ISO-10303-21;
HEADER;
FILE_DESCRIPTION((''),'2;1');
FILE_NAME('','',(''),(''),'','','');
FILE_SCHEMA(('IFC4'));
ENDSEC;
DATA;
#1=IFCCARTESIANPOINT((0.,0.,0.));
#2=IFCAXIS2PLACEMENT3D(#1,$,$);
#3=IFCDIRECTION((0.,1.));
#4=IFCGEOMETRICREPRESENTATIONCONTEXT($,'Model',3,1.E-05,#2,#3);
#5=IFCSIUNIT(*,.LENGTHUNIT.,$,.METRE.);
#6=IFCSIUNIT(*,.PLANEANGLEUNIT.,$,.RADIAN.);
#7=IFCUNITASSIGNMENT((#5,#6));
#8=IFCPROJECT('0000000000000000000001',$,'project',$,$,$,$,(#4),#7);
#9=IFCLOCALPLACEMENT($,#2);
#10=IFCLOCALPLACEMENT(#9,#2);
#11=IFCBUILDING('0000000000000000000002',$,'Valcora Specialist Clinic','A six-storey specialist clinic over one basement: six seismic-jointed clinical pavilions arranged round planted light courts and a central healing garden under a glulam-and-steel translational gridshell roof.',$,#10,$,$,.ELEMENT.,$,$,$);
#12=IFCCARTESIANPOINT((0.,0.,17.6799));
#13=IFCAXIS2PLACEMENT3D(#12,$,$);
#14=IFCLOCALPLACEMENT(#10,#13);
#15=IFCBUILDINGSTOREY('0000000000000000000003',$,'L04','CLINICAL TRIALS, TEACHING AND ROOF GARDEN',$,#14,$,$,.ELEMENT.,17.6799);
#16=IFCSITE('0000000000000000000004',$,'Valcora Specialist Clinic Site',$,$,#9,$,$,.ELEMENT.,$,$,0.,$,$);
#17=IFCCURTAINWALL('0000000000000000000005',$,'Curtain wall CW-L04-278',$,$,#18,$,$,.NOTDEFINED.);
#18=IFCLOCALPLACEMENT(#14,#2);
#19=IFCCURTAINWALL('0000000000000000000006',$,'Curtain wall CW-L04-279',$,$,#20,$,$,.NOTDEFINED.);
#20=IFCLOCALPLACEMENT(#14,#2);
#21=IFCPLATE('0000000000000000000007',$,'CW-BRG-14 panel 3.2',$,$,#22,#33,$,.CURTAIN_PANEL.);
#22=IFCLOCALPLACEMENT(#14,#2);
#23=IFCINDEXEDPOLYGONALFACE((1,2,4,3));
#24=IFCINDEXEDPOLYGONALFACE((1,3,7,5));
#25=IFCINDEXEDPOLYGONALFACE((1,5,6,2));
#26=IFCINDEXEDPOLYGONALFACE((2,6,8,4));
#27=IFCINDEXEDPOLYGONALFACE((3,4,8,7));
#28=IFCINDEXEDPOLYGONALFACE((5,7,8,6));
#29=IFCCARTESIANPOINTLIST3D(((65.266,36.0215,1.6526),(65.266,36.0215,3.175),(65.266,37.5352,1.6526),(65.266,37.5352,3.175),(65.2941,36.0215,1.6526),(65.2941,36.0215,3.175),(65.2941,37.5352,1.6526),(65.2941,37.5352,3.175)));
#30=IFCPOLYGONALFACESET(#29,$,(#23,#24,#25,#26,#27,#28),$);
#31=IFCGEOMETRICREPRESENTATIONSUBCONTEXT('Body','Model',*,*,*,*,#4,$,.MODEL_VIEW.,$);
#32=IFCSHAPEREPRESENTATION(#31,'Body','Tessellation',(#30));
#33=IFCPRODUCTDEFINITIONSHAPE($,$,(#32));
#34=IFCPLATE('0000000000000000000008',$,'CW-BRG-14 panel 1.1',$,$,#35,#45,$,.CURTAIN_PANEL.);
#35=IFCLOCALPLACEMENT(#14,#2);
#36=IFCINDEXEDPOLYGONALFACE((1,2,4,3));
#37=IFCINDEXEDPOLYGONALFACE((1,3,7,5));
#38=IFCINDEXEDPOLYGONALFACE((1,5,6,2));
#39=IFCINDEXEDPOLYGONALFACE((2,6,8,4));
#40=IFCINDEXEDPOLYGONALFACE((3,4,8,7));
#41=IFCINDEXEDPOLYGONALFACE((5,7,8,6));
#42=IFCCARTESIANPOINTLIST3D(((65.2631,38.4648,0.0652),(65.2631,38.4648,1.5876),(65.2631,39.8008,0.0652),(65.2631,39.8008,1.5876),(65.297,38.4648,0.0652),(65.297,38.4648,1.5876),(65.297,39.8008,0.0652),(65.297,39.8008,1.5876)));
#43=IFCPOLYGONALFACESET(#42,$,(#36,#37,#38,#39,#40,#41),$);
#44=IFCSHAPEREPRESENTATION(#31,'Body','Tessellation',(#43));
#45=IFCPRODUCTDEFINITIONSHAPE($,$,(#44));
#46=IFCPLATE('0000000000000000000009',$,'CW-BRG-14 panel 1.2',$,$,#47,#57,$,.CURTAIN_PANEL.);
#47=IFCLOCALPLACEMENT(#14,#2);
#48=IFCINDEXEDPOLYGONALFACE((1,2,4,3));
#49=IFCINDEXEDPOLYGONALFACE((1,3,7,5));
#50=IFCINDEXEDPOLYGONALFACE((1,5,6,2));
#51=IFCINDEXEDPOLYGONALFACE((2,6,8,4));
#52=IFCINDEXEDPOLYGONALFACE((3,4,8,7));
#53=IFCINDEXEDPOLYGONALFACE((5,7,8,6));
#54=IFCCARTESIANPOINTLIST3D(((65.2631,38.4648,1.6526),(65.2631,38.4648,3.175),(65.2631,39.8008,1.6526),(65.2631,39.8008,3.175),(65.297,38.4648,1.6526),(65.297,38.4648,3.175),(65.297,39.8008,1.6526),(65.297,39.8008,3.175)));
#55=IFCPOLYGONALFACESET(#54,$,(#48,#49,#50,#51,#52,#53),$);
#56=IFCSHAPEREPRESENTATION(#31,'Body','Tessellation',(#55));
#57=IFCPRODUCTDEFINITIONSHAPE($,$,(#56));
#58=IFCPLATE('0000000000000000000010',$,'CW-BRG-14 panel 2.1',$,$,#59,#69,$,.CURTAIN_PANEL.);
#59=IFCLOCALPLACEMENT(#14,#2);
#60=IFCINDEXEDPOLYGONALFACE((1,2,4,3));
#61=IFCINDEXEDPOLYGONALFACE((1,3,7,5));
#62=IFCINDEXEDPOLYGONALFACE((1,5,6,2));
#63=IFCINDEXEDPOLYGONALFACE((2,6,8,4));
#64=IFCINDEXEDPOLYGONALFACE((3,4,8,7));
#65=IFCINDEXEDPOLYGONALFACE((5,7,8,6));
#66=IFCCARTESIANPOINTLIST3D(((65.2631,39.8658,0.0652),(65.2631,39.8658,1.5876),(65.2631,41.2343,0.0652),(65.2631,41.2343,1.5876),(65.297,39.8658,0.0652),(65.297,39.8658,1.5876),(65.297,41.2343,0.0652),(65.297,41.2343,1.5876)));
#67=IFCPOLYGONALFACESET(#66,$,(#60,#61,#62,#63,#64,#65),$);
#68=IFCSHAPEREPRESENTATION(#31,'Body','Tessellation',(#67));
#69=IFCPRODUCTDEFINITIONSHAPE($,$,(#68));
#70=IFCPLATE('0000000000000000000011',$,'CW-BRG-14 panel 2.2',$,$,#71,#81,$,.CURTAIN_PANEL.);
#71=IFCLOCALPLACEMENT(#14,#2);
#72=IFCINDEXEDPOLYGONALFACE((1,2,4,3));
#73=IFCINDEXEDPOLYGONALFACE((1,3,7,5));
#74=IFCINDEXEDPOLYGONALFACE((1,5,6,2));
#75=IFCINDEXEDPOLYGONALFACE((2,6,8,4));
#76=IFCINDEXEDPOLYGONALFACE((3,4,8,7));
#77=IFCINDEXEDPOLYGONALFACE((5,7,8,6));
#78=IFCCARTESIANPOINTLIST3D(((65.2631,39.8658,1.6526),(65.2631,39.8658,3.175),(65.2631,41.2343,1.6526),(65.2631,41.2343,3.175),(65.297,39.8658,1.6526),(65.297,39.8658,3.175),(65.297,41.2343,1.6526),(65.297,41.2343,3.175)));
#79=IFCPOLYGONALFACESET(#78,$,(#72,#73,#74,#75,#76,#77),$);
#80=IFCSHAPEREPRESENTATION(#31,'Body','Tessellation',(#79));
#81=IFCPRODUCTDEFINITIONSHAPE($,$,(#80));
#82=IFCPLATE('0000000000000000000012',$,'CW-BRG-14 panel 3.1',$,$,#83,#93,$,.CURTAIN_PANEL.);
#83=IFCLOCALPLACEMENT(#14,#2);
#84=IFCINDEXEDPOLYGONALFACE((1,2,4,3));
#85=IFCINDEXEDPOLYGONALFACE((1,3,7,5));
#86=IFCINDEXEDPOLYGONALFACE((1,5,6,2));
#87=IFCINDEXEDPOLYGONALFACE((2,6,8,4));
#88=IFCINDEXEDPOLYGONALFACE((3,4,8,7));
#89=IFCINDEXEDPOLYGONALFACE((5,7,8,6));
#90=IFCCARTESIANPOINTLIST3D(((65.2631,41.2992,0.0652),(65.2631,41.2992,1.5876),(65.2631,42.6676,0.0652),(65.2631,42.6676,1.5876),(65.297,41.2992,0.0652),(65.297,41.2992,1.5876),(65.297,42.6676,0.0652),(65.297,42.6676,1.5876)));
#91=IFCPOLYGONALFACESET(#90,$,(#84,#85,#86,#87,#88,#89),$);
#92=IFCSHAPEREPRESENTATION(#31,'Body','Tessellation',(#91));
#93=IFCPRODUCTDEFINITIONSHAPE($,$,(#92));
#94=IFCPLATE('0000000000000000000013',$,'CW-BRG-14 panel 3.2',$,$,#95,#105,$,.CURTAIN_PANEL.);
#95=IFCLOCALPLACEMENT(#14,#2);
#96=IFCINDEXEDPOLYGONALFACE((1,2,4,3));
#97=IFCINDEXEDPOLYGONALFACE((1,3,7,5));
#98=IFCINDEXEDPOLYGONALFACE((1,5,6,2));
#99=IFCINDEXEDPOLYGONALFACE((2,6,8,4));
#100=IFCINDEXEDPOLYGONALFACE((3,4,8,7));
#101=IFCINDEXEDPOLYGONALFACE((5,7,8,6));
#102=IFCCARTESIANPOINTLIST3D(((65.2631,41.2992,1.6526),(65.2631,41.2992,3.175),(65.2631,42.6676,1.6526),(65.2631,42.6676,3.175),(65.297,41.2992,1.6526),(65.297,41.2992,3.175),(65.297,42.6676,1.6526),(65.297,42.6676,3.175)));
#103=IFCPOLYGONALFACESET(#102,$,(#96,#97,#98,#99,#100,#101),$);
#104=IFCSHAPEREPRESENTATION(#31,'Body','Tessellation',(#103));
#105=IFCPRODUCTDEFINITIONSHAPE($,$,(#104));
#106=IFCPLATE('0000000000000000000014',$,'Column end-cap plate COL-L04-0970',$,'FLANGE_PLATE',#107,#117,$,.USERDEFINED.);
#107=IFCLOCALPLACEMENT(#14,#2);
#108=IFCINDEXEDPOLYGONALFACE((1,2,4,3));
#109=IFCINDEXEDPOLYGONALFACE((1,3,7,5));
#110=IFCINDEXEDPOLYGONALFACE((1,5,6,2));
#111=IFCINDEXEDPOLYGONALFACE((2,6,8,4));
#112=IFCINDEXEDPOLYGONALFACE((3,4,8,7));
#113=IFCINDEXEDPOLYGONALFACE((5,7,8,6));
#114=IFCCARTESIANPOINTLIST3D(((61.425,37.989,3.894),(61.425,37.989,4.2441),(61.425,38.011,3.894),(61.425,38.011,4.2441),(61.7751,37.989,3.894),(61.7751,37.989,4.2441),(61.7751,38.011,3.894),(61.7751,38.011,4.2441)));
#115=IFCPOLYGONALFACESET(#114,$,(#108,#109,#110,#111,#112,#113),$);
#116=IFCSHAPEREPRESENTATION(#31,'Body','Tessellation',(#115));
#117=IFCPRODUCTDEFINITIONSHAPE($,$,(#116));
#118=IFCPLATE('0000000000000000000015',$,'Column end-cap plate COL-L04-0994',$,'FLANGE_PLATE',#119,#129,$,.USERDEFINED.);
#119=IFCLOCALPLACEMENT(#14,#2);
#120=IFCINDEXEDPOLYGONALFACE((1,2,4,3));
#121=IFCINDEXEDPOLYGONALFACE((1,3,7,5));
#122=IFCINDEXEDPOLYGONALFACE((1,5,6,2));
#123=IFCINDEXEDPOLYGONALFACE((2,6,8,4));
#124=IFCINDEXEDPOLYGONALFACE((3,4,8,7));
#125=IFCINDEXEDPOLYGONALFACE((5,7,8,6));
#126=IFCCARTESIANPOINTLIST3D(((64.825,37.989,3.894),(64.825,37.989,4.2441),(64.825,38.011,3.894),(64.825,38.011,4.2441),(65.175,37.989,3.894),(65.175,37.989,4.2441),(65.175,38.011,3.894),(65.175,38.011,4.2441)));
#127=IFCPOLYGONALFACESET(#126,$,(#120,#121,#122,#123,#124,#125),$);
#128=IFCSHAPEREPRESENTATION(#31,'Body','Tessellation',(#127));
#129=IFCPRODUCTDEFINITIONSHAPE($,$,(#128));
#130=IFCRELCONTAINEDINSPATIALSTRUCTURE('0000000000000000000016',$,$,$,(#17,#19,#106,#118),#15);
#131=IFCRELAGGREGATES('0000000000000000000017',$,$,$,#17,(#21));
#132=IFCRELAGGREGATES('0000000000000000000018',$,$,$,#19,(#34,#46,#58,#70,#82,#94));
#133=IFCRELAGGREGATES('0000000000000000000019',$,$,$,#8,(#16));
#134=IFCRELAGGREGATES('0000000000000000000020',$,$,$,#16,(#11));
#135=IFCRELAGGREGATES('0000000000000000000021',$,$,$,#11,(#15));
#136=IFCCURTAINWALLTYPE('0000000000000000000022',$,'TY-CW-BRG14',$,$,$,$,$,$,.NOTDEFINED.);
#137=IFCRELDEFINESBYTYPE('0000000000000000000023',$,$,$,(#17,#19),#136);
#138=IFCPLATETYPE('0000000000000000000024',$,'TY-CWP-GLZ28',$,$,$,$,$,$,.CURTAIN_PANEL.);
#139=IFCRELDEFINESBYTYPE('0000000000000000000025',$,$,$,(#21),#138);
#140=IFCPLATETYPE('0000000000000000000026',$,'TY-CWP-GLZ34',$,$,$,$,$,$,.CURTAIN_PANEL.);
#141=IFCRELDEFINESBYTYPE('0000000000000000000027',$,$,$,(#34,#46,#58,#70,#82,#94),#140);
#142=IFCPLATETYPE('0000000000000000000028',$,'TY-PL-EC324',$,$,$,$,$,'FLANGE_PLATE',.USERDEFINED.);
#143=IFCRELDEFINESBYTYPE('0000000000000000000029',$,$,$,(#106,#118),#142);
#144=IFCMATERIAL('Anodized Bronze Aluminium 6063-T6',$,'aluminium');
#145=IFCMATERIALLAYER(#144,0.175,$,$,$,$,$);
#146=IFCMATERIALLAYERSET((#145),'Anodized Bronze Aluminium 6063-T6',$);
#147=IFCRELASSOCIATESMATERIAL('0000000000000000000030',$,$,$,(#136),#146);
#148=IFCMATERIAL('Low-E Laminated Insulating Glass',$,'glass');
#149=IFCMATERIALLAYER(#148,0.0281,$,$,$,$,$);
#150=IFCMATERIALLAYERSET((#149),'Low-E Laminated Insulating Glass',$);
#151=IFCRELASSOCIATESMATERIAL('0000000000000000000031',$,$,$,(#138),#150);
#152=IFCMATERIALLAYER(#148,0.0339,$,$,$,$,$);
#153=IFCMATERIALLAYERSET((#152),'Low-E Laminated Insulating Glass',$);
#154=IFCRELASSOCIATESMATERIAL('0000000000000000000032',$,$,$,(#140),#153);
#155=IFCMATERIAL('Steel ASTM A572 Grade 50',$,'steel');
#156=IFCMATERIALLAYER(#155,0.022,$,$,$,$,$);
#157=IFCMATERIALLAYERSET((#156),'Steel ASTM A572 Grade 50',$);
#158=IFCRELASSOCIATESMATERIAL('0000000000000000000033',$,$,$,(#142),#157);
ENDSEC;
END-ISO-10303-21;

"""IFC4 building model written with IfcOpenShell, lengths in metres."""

from ifc_helpers import new_model, si_unit, direction, frame, origin, origin_2d, place, context, subcontext, project, spatial, rectangle, extrude, material, layer, layer_set, type_object, element, aggregate, save


model = new_model("IFC4")

# Units and contexts
model_context = context("Model", 3, precision=1e-05, world=origin(), true_north=direction((0.0, 1.0)))
body_context = subcontext(model_context, "Body", "Model", "MODEL_VIEW")
ifc_project = project(units=[si_unit("LENGTHUNIT", "METRE"), si_unit("PLANEANGLEUNIT", "RADIAN")], contexts=[model_context])

# Site, building, storey
site_placement = place(None, origin())
site = spatial("IfcSite", under=ifc_project, at=site_placement, Name="Valcora Specialist Clinic Site", CompositionType="ELEMENT", RefElevation=0.0)
building_placement = place(site_placement, origin())
building = spatial("IfcBuilding", under=site, at=building_placement, Name="Valcora Specialist Clinic", Description="A six-storey specialist clinic over one basement: six seismic-jointed clinical pavilions arranged round planted light courts and a central healing garden under a glulam-and-steel translational gridshell roof.", CompositionType="ELEMENT")
storey_placement = place(building_placement, frame((0.0, 0.0, 17.6799)))
storey = spatial("IfcBuildingStorey", under=building, at=storey_placement, Name="L04", Description="CLINICAL TRIALS, TEACHING AND ROOF GARDEN", CompositionType="ELEMENT", Elevation=17.6799)

# Curtain walls
ifc_material_1 = material(Name="Anodized Bronze Aluminium 6063-T6", Category="aluminium")
ifc_layer_1 = layer(ifc_material_1, 0.175)
ifc_layer_set_1 = layer_set([ifc_layer_1], Name="Anodized Bronze Aluminium 6063-T6")
curtain_wall_type = type_object("IfcCurtainWallType", Name="TY-CW-BRG14", PredefinedType="NOTDEFINED", material=ifc_layer_set_1)
curtain_wall_1_placement = place(storey_placement, origin())
curtain_wall_1 = element("IfcCurtainWall", 1, at=curtain_wall_1_placement, inside=storey, type_object=curtain_wall_type, Name="Curtain wall CW-L04-278", PredefinedType="NOTDEFINED")
curtain_wall_2_placement = place(storey_placement, origin())
curtain_wall_2 = element("IfcCurtainWall", 2, at=curtain_wall_2_placement, inside=storey, type_object=curtain_wall_type, Name="Curtain wall CW-L04-279", PredefinedType="NOTDEFINED")

# Plates
ifc_material_2 = material(Name="Low-E Laminated Insulating Glass", Category="glass")
ifc_layer_2 = layer(ifc_material_2, 0.0281)
ifc_layer_set_2 = layer_set([ifc_layer_2], Name="Low-E Laminated Insulating Glass")
plate_type_1 = type_object("IfcPlateType", Name="TY-CWP-GLZ28", PredefinedType="CURTAIN_PANEL", material=ifc_layer_set_2)
plate_1_placement = place(storey_placement, frame((65.28, 36.7783, 1.6526), z_axis=(0.0, 0.0, 1.0), x_axis=(0.0, 1.0, 0.0)))
plate_1 = element("IfcPlate", 3, at=plate_1_placement, type_object=plate_type_1, Name="CW-BRG-14 panel 3.2", PredefinedType="CURTAIN_PANEL", context=body_context, shape_type="SweptSolid", body=[
    extrude(rectangle(XDim=1.5137, YDim=0.0281, at=origin_2d()), origin(), (0.0, 0.0, 1.0), 1.5225),
])
aggregate(curtain_wall_1, [plate_1])
ifc_layer_3 = layer(ifc_material_2, 0.0339)
ifc_layer_set_3 = layer_set([ifc_layer_3], Name="Low-E Laminated Insulating Glass")
plate_type_2 = type_object("IfcPlateType", Name="TY-CWP-GLZ34", PredefinedType="CURTAIN_PANEL", material=ifc_layer_set_3)
plate_2_placement = place(storey_placement, frame((65.28, 39.1328, 0.0652), z_axis=(0.0, 0.0, 1.0), x_axis=(0.0, 1.0, 0.0)))
plate_2 = element("IfcPlate", 4, at=plate_2_placement, type_object=plate_type_2, Name="CW-BRG-14 panel 1.1", PredefinedType="CURTAIN_PANEL", context=body_context, shape_type="SweptSolid", body=[
    extrude(rectangle(XDim=1.3359, YDim=0.0339, at=origin_2d()), origin(), (0.0, 0.0, 1.0), 1.5225),
])
plate_3_placement = place(storey_placement, frame((65.28, 39.1328, 1.6526), z_axis=(0.0, 0.0, 1.0), x_axis=(0.0, 1.0, 0.0)))
plate_3 = element("IfcPlate", 5, at=plate_3_placement, type_object=plate_type_2, Name="CW-BRG-14 panel 1.2", PredefinedType="CURTAIN_PANEL", context=body_context, shape_type="SweptSolid", body=[
    extrude(rectangle(XDim=1.3359, YDim=0.0339, at=origin_2d()), origin(), (0.0, 0.0, 1.0), 1.5225),
])
plate_4_placement = place(storey_placement, frame((65.28, 40.55, 0.0652), z_axis=(0.0, 0.0, 1.0), x_axis=(0.0, 1.0, 0.0)))
plate_4 = element("IfcPlate", 6, at=plate_4_placement, type_object=plate_type_2, Name="CW-BRG-14 panel 2.1", PredefinedType="CURTAIN_PANEL", context=body_context, shape_type="SweptSolid", body=[
    extrude(rectangle(XDim=1.3684, YDim=0.0339, at=origin_2d()), origin(), (0.0, 0.0, 1.0), 1.5225),
])
plate_5_placement = place(storey_placement, frame((65.28, 40.55, 1.6526), z_axis=(0.0, 0.0, 1.0), x_axis=(0.0, 1.0, 0.0)))
plate_5 = element("IfcPlate", 7, at=plate_5_placement, type_object=plate_type_2, Name="CW-BRG-14 panel 2.2", PredefinedType="CURTAIN_PANEL", context=body_context, shape_type="SweptSolid", body=[
    extrude(rectangle(XDim=1.3684, YDim=0.0339, at=origin_2d()), origin(), (0.0, 0.0, 1.0), 1.5225),
])
plate_6_placement = place(storey_placement, frame((65.28, 41.9834, 0.0652), z_axis=(0.0, 0.0, 1.0), x_axis=(0.0, 1.0, 0.0)))
plate_6 = element("IfcPlate", 8, at=plate_6_placement, type_object=plate_type_2, Name="CW-BRG-14 panel 3.1", PredefinedType="CURTAIN_PANEL", context=body_context, shape_type="SweptSolid", body=[
    extrude(rectangle(XDim=1.3684, YDim=0.0339, at=origin_2d()), origin(), (0.0, 0.0, 1.0), 1.5225),
])
plate_7_placement = place(storey_placement, frame((65.28, 41.9834, 1.6526), z_axis=(0.0, 0.0, 1.0), x_axis=(0.0, 1.0, 0.0)))
plate_7 = element("IfcPlate", 9, at=plate_7_placement, type_object=plate_type_2, Name="CW-BRG-14 panel 3.2", PredefinedType="CURTAIN_PANEL", context=body_context, shape_type="SweptSolid", body=[
    extrude(rectangle(XDim=1.3684, YDim=0.0339, at=origin_2d()), origin(), (0.0, 0.0, 1.0), 1.5225),
])
aggregate(curtain_wall_2, [plate_2, plate_3, plate_4, plate_5, plate_6, plate_7])

# Plates
ifc_material_3 = material(Name="Steel ASTM A572 Grade 50", Category="steel")
ifc_layer_4 = layer(ifc_material_3, 0.022)
ifc_layer_set_4 = layer_set([ifc_layer_4], Name="Steel ASTM A572 Grade 50")
plate_type_3 = type_object("IfcPlateType", Name="TY-PL-EC324", ElementType="FLANGE_PLATE", PredefinedType="USERDEFINED", material=ifc_layer_set_4)
for number, where, z_axis, x_axis, name in (
    (10, (61.6001, 38.0, 3.894), (0.0, 0.0, 1.0), (1.0, 0.0, 0.0), "Column end-cap plate COL-L04-0970"),
    (11, (65.0, 38.0, 3.894), (0.0, 0.0, 1.0), (1.0, 0.0, 0.0), "Column end-cap plate COL-L04-0994"),
):
    element("IfcPlate", number, at=place(storey_placement, frame(where, z_axis=z_axis, x_axis=x_axis)), inside=storey, type_object=plate_type_3, Name=name, ObjectType="FLANGE_PLATE", PredefinedType="USERDEFINED", context=body_context, shape_type="SweptSolid", body=[
        extrude(rectangle(XDim=0.3501, YDim=0.022, at=origin_2d()), origin(), (0.0, 0.0, 1.0), 0.3501),
    ])

save(model, "model.ifc")
